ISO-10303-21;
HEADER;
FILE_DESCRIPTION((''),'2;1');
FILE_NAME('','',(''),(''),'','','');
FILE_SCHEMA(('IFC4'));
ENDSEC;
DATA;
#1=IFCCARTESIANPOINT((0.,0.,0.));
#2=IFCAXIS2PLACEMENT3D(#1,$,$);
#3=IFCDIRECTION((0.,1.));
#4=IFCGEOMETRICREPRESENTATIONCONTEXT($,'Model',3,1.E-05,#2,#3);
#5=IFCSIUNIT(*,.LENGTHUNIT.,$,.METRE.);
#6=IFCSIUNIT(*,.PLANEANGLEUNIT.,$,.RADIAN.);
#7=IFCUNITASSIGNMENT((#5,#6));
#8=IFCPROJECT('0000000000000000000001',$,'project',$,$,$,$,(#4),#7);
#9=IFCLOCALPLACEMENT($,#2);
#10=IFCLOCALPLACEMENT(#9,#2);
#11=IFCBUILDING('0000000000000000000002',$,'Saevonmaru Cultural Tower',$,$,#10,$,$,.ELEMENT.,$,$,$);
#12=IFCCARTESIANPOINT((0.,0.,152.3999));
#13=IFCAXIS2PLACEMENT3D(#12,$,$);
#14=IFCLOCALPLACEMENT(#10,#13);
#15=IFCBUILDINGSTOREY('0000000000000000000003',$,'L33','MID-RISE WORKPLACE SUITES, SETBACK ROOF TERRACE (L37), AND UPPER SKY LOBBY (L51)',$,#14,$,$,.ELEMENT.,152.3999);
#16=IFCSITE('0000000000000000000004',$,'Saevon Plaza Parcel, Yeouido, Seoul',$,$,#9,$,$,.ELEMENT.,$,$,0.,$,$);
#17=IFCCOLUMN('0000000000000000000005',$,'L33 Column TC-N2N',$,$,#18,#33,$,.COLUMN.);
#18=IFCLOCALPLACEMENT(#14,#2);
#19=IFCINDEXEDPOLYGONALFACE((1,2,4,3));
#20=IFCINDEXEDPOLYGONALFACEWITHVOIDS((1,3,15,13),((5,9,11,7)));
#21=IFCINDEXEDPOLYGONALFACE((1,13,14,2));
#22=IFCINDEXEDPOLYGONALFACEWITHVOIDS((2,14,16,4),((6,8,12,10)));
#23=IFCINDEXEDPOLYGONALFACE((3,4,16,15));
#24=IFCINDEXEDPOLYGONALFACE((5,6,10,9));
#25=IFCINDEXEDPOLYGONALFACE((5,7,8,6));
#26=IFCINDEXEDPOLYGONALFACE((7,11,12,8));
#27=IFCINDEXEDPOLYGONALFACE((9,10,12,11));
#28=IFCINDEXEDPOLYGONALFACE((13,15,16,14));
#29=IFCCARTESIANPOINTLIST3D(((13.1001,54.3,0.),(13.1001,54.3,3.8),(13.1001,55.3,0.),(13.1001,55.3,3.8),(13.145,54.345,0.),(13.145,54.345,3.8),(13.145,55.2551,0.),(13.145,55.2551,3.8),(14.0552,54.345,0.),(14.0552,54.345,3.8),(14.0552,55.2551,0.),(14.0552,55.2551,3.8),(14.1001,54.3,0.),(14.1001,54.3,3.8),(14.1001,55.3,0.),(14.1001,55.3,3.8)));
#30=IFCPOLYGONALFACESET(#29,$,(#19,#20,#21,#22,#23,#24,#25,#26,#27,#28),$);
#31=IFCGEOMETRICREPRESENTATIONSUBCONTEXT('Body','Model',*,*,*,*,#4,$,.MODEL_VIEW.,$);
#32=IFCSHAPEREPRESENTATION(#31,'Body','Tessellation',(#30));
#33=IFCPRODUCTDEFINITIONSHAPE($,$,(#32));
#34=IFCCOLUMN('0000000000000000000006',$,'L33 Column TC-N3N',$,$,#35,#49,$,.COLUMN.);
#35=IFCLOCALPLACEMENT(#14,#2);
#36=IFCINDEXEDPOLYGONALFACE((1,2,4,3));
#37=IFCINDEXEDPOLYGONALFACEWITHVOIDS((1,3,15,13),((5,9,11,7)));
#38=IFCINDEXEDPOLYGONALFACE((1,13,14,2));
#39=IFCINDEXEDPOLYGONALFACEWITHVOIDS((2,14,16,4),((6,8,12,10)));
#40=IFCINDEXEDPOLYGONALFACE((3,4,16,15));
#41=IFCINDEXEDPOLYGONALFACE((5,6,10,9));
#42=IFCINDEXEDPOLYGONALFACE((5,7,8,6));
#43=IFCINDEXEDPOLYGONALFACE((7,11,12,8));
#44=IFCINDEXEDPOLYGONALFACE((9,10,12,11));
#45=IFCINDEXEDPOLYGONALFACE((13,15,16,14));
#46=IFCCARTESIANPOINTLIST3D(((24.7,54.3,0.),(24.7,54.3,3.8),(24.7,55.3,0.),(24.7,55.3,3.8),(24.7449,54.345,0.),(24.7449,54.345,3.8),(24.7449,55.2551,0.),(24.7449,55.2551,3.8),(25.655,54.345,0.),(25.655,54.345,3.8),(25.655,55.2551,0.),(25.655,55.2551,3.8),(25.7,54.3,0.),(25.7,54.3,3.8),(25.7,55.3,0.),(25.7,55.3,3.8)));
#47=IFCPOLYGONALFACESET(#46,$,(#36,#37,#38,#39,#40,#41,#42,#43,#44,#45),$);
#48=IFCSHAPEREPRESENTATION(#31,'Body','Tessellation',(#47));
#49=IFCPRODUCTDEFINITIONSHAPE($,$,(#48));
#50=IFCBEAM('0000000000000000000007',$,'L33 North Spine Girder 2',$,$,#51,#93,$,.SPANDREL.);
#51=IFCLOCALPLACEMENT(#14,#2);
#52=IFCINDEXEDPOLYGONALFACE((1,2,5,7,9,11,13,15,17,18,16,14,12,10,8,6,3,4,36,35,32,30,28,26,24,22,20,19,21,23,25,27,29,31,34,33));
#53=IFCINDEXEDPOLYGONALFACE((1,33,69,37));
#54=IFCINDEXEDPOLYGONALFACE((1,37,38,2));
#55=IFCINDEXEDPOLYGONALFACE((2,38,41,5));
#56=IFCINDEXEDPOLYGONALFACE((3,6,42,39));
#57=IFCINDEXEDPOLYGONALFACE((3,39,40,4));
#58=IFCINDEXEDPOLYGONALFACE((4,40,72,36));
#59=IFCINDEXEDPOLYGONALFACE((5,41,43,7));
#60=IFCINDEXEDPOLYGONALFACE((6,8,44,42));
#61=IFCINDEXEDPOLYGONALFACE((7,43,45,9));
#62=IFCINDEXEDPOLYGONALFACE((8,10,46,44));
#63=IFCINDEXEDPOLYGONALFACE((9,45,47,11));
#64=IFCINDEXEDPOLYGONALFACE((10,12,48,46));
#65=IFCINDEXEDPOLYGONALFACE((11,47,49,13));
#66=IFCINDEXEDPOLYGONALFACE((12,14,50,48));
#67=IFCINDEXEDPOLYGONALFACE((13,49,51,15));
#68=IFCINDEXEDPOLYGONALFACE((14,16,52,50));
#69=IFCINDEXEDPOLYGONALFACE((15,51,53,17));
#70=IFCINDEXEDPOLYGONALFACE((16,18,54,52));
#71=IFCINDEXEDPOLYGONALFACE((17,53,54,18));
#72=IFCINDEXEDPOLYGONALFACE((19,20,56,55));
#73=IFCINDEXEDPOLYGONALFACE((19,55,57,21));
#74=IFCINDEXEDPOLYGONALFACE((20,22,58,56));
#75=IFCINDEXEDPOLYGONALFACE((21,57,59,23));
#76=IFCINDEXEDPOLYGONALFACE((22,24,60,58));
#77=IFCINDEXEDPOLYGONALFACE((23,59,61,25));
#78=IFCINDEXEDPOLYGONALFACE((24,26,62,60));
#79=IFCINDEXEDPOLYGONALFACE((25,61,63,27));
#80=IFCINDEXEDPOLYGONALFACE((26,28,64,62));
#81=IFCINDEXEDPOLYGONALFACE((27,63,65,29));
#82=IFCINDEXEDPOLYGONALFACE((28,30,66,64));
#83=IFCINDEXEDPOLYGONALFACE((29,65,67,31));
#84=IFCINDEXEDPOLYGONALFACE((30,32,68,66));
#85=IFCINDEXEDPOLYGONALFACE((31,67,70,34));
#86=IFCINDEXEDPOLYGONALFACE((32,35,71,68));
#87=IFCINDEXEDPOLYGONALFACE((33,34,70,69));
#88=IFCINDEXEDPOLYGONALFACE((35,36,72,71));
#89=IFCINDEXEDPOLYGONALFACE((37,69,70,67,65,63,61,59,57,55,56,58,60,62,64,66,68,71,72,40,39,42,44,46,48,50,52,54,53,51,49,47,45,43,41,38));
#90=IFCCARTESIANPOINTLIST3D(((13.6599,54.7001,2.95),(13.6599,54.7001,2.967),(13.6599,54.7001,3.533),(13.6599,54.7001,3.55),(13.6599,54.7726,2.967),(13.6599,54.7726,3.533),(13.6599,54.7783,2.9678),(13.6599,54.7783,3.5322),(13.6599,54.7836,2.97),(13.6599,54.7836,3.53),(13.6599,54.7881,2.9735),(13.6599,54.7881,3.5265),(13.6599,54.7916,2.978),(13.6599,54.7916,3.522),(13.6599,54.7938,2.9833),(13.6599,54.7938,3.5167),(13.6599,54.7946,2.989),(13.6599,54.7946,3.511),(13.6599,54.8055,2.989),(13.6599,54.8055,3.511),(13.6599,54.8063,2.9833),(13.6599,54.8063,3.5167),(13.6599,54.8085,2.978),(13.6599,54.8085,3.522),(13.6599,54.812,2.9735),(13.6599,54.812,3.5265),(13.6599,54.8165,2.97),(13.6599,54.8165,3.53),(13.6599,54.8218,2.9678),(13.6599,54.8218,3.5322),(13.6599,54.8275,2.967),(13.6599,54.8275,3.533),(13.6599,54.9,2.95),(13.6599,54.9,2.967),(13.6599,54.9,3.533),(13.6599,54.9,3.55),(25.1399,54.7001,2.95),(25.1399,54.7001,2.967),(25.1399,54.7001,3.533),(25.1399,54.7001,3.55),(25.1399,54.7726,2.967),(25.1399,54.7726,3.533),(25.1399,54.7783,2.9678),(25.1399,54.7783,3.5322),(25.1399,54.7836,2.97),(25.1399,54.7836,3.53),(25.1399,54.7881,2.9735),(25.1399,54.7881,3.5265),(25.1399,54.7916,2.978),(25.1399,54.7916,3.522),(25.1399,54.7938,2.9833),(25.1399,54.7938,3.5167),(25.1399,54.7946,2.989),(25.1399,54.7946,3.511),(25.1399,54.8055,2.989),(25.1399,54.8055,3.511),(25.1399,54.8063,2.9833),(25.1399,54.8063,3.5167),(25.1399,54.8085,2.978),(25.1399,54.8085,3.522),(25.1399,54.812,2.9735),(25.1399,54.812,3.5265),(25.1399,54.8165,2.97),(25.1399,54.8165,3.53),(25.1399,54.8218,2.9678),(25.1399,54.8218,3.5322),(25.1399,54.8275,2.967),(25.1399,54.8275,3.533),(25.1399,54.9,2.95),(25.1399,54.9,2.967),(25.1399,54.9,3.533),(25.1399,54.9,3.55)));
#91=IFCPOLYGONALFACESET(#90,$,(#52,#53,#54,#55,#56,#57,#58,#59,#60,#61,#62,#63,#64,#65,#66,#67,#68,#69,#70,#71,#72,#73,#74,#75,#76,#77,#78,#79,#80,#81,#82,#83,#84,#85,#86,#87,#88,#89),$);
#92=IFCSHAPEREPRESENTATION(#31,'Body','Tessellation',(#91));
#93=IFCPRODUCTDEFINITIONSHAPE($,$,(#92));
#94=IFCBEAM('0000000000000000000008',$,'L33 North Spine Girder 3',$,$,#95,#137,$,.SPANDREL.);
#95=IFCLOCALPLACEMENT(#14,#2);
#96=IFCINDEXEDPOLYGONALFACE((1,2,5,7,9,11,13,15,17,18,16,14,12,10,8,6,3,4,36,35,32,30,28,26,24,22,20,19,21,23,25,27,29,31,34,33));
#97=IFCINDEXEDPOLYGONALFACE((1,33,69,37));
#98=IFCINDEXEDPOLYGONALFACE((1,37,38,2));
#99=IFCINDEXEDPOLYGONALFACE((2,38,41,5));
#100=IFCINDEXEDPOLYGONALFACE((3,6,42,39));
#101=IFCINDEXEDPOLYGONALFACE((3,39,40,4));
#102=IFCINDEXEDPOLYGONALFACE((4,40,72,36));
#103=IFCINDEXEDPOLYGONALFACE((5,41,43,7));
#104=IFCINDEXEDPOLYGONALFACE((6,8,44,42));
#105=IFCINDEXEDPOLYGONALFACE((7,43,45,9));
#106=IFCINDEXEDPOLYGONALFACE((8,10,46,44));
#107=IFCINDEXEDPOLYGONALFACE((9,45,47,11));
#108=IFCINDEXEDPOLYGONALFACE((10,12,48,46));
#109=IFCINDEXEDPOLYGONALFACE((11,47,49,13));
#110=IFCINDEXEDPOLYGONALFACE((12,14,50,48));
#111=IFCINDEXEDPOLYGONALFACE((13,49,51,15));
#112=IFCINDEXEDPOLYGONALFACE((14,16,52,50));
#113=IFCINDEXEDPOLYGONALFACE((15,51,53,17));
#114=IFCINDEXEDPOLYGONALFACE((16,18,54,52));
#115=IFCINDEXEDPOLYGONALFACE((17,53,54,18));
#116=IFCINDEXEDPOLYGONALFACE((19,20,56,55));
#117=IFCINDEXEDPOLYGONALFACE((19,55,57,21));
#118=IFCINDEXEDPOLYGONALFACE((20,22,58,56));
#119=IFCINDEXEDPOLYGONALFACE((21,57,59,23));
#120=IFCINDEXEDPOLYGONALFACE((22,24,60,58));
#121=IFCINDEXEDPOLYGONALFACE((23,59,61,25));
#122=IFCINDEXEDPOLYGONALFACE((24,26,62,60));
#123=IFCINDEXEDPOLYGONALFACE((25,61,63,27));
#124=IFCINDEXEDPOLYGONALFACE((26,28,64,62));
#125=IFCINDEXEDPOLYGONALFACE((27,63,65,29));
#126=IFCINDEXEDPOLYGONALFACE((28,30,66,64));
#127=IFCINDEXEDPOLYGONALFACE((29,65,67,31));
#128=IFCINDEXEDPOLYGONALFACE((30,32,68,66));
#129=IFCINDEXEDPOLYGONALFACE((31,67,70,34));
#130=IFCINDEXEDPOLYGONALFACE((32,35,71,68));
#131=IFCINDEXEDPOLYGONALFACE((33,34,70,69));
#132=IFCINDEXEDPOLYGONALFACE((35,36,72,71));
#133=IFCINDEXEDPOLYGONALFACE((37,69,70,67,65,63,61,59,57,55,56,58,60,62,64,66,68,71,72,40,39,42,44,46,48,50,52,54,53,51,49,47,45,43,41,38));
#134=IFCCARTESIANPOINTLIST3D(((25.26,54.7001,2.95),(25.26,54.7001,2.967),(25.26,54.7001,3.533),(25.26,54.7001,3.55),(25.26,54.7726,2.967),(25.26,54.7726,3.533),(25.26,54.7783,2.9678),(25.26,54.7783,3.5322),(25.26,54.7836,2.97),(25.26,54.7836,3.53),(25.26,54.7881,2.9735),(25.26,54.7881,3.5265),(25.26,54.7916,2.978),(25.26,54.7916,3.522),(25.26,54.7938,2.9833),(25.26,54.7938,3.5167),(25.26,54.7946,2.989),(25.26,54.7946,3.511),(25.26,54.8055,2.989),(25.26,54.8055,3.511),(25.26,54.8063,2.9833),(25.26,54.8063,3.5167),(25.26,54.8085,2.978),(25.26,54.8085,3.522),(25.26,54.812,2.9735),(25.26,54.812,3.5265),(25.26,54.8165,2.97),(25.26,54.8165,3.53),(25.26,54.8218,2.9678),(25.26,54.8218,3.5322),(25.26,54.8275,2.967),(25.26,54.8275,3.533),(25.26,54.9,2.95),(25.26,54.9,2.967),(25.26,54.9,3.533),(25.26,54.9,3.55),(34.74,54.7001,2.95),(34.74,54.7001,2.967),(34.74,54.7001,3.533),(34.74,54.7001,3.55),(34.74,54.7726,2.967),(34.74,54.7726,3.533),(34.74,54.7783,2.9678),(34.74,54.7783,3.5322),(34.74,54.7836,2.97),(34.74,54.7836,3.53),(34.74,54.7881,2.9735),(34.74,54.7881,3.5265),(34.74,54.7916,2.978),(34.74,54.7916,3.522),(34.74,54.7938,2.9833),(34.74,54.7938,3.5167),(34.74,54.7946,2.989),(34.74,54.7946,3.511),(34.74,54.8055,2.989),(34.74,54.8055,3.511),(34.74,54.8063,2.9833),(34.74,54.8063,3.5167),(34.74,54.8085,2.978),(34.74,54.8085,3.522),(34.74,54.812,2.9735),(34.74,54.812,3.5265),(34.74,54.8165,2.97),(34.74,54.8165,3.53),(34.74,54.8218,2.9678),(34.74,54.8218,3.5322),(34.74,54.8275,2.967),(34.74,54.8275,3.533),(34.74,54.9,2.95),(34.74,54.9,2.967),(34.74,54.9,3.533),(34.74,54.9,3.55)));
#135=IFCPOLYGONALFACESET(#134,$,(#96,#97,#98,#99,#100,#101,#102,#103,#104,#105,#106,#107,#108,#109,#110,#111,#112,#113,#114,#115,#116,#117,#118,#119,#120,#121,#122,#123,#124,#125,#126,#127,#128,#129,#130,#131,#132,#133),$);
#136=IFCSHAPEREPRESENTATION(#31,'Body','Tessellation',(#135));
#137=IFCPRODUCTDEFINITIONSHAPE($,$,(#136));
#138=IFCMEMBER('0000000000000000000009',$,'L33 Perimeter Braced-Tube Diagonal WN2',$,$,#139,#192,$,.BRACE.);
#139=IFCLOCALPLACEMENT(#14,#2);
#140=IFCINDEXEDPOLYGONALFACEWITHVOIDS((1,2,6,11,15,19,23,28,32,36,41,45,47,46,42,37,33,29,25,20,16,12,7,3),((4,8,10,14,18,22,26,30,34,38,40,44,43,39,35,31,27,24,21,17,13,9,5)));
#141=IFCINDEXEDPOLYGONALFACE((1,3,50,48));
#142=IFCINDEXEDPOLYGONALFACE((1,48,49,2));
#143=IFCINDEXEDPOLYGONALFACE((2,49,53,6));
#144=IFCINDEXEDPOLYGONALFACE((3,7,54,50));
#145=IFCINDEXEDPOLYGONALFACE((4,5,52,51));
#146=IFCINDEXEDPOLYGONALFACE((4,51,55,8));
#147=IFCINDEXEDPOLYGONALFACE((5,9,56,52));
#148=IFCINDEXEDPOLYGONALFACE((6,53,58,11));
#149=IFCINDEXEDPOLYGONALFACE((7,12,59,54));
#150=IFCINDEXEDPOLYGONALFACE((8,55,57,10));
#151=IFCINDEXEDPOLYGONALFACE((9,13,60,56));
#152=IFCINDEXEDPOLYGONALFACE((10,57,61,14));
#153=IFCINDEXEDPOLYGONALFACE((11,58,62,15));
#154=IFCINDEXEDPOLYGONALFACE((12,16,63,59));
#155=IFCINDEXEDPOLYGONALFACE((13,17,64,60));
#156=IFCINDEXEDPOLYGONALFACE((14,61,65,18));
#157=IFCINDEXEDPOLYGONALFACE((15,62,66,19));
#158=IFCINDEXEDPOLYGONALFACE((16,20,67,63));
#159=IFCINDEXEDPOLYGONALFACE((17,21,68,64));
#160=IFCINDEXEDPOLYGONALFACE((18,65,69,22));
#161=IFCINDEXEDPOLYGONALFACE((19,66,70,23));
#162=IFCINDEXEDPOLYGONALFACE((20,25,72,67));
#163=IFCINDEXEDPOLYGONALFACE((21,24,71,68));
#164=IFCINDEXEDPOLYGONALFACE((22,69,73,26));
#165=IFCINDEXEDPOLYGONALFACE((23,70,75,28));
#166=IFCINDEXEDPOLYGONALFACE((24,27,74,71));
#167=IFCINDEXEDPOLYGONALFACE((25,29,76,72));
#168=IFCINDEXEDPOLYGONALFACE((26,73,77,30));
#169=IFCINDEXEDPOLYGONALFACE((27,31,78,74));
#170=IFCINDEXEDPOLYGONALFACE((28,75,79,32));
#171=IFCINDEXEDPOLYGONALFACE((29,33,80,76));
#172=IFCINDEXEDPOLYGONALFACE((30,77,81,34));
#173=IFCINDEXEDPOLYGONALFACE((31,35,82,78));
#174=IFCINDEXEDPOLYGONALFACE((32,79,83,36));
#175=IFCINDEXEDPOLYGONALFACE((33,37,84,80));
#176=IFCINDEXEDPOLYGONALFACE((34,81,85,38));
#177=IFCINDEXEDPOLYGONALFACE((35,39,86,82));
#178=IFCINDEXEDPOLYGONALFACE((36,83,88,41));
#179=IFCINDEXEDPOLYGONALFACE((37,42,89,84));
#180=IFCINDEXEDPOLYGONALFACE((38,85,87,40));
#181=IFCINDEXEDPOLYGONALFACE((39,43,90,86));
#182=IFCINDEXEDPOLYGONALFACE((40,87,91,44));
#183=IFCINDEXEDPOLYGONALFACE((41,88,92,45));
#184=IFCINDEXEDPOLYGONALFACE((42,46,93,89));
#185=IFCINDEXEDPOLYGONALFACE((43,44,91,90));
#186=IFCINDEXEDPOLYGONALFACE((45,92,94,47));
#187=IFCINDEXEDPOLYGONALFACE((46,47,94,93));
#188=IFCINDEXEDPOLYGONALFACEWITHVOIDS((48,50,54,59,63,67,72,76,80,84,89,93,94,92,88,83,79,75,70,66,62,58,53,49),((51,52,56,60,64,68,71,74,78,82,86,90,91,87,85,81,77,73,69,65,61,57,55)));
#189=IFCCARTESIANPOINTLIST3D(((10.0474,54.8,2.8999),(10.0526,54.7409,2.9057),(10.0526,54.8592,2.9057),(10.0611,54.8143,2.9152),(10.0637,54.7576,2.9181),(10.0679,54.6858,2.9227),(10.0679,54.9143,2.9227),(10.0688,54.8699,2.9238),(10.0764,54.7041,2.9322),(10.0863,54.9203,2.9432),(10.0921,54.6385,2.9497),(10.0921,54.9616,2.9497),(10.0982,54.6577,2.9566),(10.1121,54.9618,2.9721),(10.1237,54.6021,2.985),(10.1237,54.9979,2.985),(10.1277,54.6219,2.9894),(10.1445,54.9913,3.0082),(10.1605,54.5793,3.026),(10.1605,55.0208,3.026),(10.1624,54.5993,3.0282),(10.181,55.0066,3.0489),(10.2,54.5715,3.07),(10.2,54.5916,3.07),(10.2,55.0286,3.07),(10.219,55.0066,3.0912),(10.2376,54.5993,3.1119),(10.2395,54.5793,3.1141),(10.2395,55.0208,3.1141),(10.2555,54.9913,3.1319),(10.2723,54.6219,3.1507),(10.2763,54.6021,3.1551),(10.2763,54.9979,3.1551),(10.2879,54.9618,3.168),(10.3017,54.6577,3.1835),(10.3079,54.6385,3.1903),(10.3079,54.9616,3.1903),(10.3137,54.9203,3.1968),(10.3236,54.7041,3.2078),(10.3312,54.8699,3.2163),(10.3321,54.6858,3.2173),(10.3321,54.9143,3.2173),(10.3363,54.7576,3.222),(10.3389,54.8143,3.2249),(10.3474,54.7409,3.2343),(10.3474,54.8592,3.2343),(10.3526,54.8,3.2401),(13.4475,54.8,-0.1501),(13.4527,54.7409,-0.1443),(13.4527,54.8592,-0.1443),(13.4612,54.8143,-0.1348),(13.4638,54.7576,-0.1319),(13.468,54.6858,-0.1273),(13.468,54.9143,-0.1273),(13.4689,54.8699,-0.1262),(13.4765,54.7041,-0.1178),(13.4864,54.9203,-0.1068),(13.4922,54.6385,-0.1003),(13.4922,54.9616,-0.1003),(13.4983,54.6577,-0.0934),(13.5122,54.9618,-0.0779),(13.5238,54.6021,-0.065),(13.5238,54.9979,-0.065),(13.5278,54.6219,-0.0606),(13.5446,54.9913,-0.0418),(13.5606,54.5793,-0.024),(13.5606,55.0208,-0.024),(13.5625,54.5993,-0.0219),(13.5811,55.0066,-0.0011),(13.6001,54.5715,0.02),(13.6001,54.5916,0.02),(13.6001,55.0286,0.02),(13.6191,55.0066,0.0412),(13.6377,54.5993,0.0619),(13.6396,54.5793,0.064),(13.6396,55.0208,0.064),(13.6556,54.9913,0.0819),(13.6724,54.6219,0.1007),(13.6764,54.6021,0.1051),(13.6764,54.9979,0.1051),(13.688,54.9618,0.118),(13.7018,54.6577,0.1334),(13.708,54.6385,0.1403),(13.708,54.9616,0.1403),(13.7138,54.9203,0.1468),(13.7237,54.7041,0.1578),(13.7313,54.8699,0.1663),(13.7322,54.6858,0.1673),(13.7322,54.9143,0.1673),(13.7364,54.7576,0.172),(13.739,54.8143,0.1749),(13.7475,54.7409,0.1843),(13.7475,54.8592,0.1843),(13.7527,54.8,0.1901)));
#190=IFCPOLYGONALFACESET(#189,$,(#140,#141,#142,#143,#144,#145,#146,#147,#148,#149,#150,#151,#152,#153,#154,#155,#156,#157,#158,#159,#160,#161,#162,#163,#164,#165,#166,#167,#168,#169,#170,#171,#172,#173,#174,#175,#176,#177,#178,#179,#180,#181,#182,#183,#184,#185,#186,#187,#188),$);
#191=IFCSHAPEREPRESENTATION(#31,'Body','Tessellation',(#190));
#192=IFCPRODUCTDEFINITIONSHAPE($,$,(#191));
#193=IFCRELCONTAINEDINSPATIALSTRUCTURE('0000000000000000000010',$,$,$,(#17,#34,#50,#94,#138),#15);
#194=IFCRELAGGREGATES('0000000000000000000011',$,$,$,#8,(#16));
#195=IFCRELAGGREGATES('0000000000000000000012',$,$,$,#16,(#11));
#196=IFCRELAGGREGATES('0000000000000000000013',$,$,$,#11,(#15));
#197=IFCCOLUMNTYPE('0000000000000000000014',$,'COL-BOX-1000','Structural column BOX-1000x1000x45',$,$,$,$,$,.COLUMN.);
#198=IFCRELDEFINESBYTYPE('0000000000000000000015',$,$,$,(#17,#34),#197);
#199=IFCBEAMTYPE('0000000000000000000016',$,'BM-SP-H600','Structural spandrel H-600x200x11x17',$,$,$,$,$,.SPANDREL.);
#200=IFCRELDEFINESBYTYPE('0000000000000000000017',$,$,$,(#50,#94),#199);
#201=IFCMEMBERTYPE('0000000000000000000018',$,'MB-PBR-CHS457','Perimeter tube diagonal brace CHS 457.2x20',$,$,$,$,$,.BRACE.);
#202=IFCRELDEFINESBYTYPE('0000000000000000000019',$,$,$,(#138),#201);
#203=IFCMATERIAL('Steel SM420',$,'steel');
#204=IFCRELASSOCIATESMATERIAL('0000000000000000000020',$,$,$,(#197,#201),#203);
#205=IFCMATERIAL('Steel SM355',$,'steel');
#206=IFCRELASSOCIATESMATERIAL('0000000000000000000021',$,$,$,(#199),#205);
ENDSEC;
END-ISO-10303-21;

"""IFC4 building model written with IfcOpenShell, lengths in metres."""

from ifc_helpers import new_model, si_unit, direction, frame, origin, origin_2d, place, context, subcontext, project, spatial, hollow_rectangle, hollow_circle, i_section, extrude, material, material_profile, profile_set, type_object, element, save


model = new_model("IFC4")

# Units and contexts
model_context = context("Model", 3, precision=1e-05, world=origin(), true_north=direction((0.0, 1.0)))
body_context = subcontext(model_context, "Body", "Model", "MODEL_VIEW")
ifc_project = project(units=[si_unit("LENGTHUNIT", "METRE"), si_unit("PLANEANGLEUNIT", "RADIAN")], contexts=[model_context])

# Site, building, storey
site_placement = place(None, origin())
site = spatial("IfcSite", under=ifc_project, at=site_placement, Name="Saevon Plaza Parcel, Yeouido, Seoul", CompositionType="ELEMENT", RefElevation=0.0)
building_placement = place(site_placement, origin())
building = spatial("IfcBuilding", under=site, at=building_placement, Name="Saevonmaru Cultural Tower", CompositionType="ELEMENT")
storey_placement = place(building_placement, frame((0.0, 0.0, 152.3999)))
storey = spatial("IfcBuildingStorey", under=building, at=storey_placement, Name="L33", Description="MID-RISE WORKPLACE SUITES, SETBACK ROOF TERRACE (L37), AND UPPER SKY LOBBY (L51)", CompositionType="ELEMENT", Elevation=152.3999)

# Columns
ifc_material_1 = material(Name="Steel SM420", Category="steel")
ifc_material_profile_1 = material_profile(ifc_material_1, hollow_rectangle(XDim=1.0, YDim=1.0, WallThickness=0.0449, at=origin_2d()), Name="BOX-1000x1000x45")
ifc_profile_set_1 = profile_set([ifc_material_profile_1], Name="Steel SM420")
column_type = type_object("IfcColumnType", Name="COL-BOX-1000", Description="Structural column BOX-1000x1000x45", PredefinedType="COLUMN", material=ifc_profile_set_1)
for number, where, z_axis, x_axis, name in (
    (1, (13.6001, 54.8, 0.0), (0.0, 0.0, 1.0), (1.0, 0.0, 0.0), "L33 Column TC-N2N"),
    (2, (25.2, 54.8, 0.0), (0.0, 0.0, 1.0), (1.0, 0.0, 0.0), "L33 Column TC-N3N"),
):
    element("IfcColumn", number, at=place(storey_placement, frame(where, z_axis=z_axis, x_axis=x_axis)), inside=storey, type_object=column_type, Name=name, PredefinedType="COLUMN", context=body_context, shape_type="SweptSolid", body=[
        extrude(hollow_rectangle(XDim=1.0, YDim=1.0, WallThickness=0.0449, at=origin_2d()), origin(), (0.0, 0.0, 1.0), 3.8),
    ])

# Beams
ifc_material_2 = material(Name="Steel SM355", Category="steel")
ifc_material_profile_2 = material_profile(ifc_material_2, i_section(OverallWidth=0.2, OverallDepth=0.6001, WebThickness=0.011, FlangeThickness=0.0171, FilletRadius=0.022, at=origin_2d()), Name="H-600x200x11x17")
ifc_profile_set_2 = profile_set([ifc_material_profile_2], Name="Steel SM355")
beam_type = type_object("IfcBeamType", Name="BM-SP-H600", Description="Structural spandrel H-600x200x11x17", PredefinedType="SPANDREL", material=ifc_profile_set_2)
beam_1_placement = place(storey_placement, frame((13.6599, 54.8, 3.25), z_axis=(1.0, 0.0, 0.0), x_axis=(0.0, 1.0, 0.0)))
element("IfcBeam", 3, at=beam_1_placement, inside=storey, type_object=beam_type, Name="L33 North Spine Girder 2", PredefinedType="SPANDREL", context=body_context, shape_type="SweptSolid", body=[
    extrude(i_section(OverallWidth=0.2, OverallDepth=0.6001, WebThickness=0.011, FlangeThickness=0.0171, FilletRadius=0.022, at=origin_2d()), origin(), (0.0, 0.0, 1.0), 11.48),
])
beam_2_placement = place(storey_placement, frame((25.26, 54.8, 3.25), z_axis=(1.0, 0.0, 0.0), x_axis=(0.0, 1.0, 0.0)))
element("IfcBeam", 4, at=beam_2_placement, inside=storey, type_object=beam_type, Name="L33 North Spine Girder 3", PredefinedType="SPANDREL", context=body_context, shape_type="SweptSolid", body=[
    extrude(i_section(OverallWidth=0.2, OverallDepth=0.6001, WebThickness=0.011, FlangeThickness=0.0171, FilletRadius=0.022, at=origin_2d()), origin(), (0.0, 0.0, 1.0), 9.48),
])

# Member
ifc_material_profile_3 = material_profile(ifc_material_1, hollow_circle(Radius=0.2285, WallThickness=0.02, at=origin_2d()), Name="CHS-457.2x20")
ifc_profile_set_3 = profile_set([ifc_material_profile_3], Name="Steel SM420")
member_type_1 = type_object("IfcMemberType", Name="MB-PBR-CHS457", Description="Perimeter tube diagonal brace CHS 457.2x20", PredefinedType="BRACE", material=ifc_profile_set_3)
member_1_placement = place(storey_placement, frame((13.6001, 54.8, 0.02), z_axis=(-0.744391, 0.0, 0.667744), x_axis=(0.0, -1.0, 0.0)))
element("IfcMember", 5, at=member_1_placement, inside=storey, type_object=member_type_1, Name="L33 Perimeter Braced-Tube Diagonal WN2", PredefinedType="BRACE", context=body_context, shape_type="SweptSolid", body=[
    extrude(hollow_circle(Radius=0.2285, WallThickness=0.02, at=origin_2d()), origin(), (0.0, 0.0, 1.0), 4.5676),
])

save(model, "model.ifc")
